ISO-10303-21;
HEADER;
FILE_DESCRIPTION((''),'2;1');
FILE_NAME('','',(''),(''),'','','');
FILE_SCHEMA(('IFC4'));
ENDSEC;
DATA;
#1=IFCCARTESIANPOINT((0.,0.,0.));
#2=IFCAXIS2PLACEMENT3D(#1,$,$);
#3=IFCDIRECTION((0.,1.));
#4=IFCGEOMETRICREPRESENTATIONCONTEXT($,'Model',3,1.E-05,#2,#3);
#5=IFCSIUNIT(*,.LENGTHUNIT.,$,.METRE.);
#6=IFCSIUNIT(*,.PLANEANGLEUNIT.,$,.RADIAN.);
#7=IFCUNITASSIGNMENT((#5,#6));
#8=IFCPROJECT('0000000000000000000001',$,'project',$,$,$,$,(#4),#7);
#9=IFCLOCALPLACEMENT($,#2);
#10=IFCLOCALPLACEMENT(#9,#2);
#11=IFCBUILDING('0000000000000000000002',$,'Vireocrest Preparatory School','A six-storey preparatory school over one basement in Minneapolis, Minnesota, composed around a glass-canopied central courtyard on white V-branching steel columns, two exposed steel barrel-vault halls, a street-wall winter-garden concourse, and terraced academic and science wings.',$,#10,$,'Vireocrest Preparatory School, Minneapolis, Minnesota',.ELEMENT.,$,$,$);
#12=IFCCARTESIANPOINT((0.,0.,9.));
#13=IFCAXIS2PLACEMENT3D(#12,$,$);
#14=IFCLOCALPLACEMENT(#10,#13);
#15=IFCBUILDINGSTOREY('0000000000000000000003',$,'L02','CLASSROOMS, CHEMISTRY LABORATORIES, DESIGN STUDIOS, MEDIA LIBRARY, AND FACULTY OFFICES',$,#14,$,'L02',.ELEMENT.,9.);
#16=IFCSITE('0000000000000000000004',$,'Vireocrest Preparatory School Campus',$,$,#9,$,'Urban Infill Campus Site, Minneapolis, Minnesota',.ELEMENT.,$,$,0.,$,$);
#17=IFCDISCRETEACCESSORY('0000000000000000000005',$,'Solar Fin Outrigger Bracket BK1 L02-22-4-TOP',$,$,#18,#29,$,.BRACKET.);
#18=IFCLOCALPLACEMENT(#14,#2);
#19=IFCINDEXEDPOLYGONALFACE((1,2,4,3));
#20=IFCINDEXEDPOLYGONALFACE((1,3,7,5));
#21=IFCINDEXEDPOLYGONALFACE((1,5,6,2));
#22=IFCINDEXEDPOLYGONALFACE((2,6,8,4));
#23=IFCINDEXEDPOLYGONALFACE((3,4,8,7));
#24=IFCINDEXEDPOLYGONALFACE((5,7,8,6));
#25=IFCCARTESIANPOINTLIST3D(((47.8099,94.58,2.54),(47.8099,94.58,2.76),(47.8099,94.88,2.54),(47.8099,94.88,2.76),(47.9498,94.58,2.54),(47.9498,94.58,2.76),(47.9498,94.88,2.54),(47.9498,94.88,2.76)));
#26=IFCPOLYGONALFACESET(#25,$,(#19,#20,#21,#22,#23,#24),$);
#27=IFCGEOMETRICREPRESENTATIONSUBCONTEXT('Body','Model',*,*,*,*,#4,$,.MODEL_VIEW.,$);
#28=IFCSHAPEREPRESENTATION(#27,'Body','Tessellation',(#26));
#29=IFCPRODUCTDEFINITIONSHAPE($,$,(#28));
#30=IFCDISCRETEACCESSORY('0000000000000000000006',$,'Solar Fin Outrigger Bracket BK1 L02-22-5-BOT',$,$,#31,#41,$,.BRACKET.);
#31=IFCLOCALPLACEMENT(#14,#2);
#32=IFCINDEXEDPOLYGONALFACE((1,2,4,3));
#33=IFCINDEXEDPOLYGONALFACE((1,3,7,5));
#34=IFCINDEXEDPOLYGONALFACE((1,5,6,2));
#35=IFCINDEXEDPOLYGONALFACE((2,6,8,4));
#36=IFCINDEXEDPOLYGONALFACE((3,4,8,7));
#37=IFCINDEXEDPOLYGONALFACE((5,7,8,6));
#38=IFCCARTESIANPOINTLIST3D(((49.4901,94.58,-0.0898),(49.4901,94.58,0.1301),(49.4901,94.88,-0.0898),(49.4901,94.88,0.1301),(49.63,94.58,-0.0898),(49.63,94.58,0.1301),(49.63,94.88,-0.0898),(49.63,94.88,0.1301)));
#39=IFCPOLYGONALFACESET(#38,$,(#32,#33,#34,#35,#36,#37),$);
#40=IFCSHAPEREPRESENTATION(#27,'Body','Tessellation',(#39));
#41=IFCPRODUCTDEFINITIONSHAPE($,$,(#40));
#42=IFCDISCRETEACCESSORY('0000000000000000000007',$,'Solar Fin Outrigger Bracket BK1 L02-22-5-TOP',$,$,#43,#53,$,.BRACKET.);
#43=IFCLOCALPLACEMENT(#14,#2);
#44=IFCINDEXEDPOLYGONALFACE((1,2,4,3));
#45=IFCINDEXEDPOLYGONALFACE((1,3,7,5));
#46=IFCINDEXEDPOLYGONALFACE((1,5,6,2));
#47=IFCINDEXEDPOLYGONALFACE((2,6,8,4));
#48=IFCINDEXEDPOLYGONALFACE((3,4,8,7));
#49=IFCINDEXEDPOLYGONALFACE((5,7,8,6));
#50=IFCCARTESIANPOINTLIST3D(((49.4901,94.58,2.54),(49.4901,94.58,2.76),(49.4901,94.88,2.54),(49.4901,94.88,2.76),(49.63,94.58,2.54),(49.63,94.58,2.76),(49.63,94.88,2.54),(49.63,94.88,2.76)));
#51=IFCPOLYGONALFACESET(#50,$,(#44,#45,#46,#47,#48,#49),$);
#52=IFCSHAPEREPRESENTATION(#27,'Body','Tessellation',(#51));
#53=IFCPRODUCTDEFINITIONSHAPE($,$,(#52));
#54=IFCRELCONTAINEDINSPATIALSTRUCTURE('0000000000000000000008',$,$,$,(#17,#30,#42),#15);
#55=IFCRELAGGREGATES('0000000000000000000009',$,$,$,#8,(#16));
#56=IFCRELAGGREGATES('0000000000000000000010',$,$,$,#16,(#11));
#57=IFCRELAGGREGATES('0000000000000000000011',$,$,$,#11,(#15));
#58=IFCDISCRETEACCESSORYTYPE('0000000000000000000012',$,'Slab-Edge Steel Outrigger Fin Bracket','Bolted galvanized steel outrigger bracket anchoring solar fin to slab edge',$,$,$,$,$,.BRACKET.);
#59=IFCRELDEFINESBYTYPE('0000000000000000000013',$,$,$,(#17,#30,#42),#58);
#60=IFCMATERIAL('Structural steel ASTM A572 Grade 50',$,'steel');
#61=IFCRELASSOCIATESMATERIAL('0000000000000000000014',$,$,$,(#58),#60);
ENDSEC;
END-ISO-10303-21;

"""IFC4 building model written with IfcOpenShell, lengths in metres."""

from ifc_helpers import new_model, si_unit, direction, frame, origin, origin_2d, place, context, subcontext, project, spatial, rectangle, extrude, material, type_object, element, save


model = new_model("IFC4")

# Units and contexts
model_context = context("Model", 3, precision=1e-05, world=origin(), true_north=direction((0.0, 1.0)))
body_context = subcontext(model_context, "Body", "Model", "MODEL_VIEW")
ifc_project = project(units=[si_unit("LENGTHUNIT", "METRE"), si_unit("PLANEANGLEUNIT", "RADIAN")], contexts=[model_context])

# Site, building, storey
site_placement = place(None, origin())
site = spatial("IfcSite", under=ifc_project, at=site_placement, Name="Vireocrest Preparatory School Campus", LongName="Urban Infill Campus Site, Minneapolis, Minnesota", CompositionType="ELEMENT", RefElevation=0.0)
building_placement = place(site_placement, origin())
building = spatial("IfcBuilding", under=site, at=building_placement, Name="Vireocrest Preparatory School", Description="A six-storey preparatory school over one basement in Minneapolis, Minnesota, composed around a glass-canopied central courtyard on white V-branching steel columns, two exposed steel barrel-vault halls, a street-wall winter-garden concourse, and terraced academic and science wings.", LongName="Vireocrest Preparatory School, Minneapolis, Minnesota", CompositionType="ELEMENT")
storey_placement = place(building_placement, frame((0.0, 0.0, 9.0)))
storey = spatial("IfcBuildingStorey", under=building, at=storey_placement, Name="L02", Description="CLASSROOMS, CHEMISTRY LABORATORIES, DESIGN STUDIOS, MEDIA LIBRARY, AND FACULTY OFFICES", LongName="L02", CompositionType="ELEMENT", Elevation=9.0)

# Discrete accessories
ifc_material_1 = material(Name="Structural steel ASTM A572 Grade 50", Category="steel")
discrete_accessory_type = type_object("IfcDiscreteAccessoryType", Name="Slab-Edge Steel Outrigger Fin Bracket", Description="Bolted galvanized steel outrigger bracket anchoring solar fin to slab edge", PredefinedType="BRACKET", material=ifc_material_1)
for number, where, z_axis, x_axis, name in (
    (1, (47.8799, 94.73, 2.54), (0.0, 0.0, 1.0), (-1.0, 0.0, 0.0), "Solar Fin Outrigger Bracket BK1 L02-22-4-TOP"),
    (2, (49.5601, 94.73, -0.0898), (0.0, 0.0, 1.0), (-1.0, 0.0, 0.0), "Solar Fin Outrigger Bracket BK1 L02-22-5-BOT"),
    (3, (49.5601, 94.73, 2.54), (0.0, 0.0, 1.0), (-1.0, 0.0, 0.0), "Solar Fin Outrigger Bracket BK1 L02-22-5-TOP"),
):
    element("IfcDiscreteAccessory", number, at=place(storey_placement, frame(where, z_axis=z_axis, x_axis=x_axis)), inside=storey, type_object=discrete_accessory_type, Name=name, PredefinedType="BRACKET", context=body_context, shape_type="SweptSolid", body=[
        extrude(rectangle(XDim=0.1399, YDim=0.3, at=origin_2d()), origin(), (0.0, 0.0, 1.0), 0.22),
    ])

save(model, "model.ifc")
